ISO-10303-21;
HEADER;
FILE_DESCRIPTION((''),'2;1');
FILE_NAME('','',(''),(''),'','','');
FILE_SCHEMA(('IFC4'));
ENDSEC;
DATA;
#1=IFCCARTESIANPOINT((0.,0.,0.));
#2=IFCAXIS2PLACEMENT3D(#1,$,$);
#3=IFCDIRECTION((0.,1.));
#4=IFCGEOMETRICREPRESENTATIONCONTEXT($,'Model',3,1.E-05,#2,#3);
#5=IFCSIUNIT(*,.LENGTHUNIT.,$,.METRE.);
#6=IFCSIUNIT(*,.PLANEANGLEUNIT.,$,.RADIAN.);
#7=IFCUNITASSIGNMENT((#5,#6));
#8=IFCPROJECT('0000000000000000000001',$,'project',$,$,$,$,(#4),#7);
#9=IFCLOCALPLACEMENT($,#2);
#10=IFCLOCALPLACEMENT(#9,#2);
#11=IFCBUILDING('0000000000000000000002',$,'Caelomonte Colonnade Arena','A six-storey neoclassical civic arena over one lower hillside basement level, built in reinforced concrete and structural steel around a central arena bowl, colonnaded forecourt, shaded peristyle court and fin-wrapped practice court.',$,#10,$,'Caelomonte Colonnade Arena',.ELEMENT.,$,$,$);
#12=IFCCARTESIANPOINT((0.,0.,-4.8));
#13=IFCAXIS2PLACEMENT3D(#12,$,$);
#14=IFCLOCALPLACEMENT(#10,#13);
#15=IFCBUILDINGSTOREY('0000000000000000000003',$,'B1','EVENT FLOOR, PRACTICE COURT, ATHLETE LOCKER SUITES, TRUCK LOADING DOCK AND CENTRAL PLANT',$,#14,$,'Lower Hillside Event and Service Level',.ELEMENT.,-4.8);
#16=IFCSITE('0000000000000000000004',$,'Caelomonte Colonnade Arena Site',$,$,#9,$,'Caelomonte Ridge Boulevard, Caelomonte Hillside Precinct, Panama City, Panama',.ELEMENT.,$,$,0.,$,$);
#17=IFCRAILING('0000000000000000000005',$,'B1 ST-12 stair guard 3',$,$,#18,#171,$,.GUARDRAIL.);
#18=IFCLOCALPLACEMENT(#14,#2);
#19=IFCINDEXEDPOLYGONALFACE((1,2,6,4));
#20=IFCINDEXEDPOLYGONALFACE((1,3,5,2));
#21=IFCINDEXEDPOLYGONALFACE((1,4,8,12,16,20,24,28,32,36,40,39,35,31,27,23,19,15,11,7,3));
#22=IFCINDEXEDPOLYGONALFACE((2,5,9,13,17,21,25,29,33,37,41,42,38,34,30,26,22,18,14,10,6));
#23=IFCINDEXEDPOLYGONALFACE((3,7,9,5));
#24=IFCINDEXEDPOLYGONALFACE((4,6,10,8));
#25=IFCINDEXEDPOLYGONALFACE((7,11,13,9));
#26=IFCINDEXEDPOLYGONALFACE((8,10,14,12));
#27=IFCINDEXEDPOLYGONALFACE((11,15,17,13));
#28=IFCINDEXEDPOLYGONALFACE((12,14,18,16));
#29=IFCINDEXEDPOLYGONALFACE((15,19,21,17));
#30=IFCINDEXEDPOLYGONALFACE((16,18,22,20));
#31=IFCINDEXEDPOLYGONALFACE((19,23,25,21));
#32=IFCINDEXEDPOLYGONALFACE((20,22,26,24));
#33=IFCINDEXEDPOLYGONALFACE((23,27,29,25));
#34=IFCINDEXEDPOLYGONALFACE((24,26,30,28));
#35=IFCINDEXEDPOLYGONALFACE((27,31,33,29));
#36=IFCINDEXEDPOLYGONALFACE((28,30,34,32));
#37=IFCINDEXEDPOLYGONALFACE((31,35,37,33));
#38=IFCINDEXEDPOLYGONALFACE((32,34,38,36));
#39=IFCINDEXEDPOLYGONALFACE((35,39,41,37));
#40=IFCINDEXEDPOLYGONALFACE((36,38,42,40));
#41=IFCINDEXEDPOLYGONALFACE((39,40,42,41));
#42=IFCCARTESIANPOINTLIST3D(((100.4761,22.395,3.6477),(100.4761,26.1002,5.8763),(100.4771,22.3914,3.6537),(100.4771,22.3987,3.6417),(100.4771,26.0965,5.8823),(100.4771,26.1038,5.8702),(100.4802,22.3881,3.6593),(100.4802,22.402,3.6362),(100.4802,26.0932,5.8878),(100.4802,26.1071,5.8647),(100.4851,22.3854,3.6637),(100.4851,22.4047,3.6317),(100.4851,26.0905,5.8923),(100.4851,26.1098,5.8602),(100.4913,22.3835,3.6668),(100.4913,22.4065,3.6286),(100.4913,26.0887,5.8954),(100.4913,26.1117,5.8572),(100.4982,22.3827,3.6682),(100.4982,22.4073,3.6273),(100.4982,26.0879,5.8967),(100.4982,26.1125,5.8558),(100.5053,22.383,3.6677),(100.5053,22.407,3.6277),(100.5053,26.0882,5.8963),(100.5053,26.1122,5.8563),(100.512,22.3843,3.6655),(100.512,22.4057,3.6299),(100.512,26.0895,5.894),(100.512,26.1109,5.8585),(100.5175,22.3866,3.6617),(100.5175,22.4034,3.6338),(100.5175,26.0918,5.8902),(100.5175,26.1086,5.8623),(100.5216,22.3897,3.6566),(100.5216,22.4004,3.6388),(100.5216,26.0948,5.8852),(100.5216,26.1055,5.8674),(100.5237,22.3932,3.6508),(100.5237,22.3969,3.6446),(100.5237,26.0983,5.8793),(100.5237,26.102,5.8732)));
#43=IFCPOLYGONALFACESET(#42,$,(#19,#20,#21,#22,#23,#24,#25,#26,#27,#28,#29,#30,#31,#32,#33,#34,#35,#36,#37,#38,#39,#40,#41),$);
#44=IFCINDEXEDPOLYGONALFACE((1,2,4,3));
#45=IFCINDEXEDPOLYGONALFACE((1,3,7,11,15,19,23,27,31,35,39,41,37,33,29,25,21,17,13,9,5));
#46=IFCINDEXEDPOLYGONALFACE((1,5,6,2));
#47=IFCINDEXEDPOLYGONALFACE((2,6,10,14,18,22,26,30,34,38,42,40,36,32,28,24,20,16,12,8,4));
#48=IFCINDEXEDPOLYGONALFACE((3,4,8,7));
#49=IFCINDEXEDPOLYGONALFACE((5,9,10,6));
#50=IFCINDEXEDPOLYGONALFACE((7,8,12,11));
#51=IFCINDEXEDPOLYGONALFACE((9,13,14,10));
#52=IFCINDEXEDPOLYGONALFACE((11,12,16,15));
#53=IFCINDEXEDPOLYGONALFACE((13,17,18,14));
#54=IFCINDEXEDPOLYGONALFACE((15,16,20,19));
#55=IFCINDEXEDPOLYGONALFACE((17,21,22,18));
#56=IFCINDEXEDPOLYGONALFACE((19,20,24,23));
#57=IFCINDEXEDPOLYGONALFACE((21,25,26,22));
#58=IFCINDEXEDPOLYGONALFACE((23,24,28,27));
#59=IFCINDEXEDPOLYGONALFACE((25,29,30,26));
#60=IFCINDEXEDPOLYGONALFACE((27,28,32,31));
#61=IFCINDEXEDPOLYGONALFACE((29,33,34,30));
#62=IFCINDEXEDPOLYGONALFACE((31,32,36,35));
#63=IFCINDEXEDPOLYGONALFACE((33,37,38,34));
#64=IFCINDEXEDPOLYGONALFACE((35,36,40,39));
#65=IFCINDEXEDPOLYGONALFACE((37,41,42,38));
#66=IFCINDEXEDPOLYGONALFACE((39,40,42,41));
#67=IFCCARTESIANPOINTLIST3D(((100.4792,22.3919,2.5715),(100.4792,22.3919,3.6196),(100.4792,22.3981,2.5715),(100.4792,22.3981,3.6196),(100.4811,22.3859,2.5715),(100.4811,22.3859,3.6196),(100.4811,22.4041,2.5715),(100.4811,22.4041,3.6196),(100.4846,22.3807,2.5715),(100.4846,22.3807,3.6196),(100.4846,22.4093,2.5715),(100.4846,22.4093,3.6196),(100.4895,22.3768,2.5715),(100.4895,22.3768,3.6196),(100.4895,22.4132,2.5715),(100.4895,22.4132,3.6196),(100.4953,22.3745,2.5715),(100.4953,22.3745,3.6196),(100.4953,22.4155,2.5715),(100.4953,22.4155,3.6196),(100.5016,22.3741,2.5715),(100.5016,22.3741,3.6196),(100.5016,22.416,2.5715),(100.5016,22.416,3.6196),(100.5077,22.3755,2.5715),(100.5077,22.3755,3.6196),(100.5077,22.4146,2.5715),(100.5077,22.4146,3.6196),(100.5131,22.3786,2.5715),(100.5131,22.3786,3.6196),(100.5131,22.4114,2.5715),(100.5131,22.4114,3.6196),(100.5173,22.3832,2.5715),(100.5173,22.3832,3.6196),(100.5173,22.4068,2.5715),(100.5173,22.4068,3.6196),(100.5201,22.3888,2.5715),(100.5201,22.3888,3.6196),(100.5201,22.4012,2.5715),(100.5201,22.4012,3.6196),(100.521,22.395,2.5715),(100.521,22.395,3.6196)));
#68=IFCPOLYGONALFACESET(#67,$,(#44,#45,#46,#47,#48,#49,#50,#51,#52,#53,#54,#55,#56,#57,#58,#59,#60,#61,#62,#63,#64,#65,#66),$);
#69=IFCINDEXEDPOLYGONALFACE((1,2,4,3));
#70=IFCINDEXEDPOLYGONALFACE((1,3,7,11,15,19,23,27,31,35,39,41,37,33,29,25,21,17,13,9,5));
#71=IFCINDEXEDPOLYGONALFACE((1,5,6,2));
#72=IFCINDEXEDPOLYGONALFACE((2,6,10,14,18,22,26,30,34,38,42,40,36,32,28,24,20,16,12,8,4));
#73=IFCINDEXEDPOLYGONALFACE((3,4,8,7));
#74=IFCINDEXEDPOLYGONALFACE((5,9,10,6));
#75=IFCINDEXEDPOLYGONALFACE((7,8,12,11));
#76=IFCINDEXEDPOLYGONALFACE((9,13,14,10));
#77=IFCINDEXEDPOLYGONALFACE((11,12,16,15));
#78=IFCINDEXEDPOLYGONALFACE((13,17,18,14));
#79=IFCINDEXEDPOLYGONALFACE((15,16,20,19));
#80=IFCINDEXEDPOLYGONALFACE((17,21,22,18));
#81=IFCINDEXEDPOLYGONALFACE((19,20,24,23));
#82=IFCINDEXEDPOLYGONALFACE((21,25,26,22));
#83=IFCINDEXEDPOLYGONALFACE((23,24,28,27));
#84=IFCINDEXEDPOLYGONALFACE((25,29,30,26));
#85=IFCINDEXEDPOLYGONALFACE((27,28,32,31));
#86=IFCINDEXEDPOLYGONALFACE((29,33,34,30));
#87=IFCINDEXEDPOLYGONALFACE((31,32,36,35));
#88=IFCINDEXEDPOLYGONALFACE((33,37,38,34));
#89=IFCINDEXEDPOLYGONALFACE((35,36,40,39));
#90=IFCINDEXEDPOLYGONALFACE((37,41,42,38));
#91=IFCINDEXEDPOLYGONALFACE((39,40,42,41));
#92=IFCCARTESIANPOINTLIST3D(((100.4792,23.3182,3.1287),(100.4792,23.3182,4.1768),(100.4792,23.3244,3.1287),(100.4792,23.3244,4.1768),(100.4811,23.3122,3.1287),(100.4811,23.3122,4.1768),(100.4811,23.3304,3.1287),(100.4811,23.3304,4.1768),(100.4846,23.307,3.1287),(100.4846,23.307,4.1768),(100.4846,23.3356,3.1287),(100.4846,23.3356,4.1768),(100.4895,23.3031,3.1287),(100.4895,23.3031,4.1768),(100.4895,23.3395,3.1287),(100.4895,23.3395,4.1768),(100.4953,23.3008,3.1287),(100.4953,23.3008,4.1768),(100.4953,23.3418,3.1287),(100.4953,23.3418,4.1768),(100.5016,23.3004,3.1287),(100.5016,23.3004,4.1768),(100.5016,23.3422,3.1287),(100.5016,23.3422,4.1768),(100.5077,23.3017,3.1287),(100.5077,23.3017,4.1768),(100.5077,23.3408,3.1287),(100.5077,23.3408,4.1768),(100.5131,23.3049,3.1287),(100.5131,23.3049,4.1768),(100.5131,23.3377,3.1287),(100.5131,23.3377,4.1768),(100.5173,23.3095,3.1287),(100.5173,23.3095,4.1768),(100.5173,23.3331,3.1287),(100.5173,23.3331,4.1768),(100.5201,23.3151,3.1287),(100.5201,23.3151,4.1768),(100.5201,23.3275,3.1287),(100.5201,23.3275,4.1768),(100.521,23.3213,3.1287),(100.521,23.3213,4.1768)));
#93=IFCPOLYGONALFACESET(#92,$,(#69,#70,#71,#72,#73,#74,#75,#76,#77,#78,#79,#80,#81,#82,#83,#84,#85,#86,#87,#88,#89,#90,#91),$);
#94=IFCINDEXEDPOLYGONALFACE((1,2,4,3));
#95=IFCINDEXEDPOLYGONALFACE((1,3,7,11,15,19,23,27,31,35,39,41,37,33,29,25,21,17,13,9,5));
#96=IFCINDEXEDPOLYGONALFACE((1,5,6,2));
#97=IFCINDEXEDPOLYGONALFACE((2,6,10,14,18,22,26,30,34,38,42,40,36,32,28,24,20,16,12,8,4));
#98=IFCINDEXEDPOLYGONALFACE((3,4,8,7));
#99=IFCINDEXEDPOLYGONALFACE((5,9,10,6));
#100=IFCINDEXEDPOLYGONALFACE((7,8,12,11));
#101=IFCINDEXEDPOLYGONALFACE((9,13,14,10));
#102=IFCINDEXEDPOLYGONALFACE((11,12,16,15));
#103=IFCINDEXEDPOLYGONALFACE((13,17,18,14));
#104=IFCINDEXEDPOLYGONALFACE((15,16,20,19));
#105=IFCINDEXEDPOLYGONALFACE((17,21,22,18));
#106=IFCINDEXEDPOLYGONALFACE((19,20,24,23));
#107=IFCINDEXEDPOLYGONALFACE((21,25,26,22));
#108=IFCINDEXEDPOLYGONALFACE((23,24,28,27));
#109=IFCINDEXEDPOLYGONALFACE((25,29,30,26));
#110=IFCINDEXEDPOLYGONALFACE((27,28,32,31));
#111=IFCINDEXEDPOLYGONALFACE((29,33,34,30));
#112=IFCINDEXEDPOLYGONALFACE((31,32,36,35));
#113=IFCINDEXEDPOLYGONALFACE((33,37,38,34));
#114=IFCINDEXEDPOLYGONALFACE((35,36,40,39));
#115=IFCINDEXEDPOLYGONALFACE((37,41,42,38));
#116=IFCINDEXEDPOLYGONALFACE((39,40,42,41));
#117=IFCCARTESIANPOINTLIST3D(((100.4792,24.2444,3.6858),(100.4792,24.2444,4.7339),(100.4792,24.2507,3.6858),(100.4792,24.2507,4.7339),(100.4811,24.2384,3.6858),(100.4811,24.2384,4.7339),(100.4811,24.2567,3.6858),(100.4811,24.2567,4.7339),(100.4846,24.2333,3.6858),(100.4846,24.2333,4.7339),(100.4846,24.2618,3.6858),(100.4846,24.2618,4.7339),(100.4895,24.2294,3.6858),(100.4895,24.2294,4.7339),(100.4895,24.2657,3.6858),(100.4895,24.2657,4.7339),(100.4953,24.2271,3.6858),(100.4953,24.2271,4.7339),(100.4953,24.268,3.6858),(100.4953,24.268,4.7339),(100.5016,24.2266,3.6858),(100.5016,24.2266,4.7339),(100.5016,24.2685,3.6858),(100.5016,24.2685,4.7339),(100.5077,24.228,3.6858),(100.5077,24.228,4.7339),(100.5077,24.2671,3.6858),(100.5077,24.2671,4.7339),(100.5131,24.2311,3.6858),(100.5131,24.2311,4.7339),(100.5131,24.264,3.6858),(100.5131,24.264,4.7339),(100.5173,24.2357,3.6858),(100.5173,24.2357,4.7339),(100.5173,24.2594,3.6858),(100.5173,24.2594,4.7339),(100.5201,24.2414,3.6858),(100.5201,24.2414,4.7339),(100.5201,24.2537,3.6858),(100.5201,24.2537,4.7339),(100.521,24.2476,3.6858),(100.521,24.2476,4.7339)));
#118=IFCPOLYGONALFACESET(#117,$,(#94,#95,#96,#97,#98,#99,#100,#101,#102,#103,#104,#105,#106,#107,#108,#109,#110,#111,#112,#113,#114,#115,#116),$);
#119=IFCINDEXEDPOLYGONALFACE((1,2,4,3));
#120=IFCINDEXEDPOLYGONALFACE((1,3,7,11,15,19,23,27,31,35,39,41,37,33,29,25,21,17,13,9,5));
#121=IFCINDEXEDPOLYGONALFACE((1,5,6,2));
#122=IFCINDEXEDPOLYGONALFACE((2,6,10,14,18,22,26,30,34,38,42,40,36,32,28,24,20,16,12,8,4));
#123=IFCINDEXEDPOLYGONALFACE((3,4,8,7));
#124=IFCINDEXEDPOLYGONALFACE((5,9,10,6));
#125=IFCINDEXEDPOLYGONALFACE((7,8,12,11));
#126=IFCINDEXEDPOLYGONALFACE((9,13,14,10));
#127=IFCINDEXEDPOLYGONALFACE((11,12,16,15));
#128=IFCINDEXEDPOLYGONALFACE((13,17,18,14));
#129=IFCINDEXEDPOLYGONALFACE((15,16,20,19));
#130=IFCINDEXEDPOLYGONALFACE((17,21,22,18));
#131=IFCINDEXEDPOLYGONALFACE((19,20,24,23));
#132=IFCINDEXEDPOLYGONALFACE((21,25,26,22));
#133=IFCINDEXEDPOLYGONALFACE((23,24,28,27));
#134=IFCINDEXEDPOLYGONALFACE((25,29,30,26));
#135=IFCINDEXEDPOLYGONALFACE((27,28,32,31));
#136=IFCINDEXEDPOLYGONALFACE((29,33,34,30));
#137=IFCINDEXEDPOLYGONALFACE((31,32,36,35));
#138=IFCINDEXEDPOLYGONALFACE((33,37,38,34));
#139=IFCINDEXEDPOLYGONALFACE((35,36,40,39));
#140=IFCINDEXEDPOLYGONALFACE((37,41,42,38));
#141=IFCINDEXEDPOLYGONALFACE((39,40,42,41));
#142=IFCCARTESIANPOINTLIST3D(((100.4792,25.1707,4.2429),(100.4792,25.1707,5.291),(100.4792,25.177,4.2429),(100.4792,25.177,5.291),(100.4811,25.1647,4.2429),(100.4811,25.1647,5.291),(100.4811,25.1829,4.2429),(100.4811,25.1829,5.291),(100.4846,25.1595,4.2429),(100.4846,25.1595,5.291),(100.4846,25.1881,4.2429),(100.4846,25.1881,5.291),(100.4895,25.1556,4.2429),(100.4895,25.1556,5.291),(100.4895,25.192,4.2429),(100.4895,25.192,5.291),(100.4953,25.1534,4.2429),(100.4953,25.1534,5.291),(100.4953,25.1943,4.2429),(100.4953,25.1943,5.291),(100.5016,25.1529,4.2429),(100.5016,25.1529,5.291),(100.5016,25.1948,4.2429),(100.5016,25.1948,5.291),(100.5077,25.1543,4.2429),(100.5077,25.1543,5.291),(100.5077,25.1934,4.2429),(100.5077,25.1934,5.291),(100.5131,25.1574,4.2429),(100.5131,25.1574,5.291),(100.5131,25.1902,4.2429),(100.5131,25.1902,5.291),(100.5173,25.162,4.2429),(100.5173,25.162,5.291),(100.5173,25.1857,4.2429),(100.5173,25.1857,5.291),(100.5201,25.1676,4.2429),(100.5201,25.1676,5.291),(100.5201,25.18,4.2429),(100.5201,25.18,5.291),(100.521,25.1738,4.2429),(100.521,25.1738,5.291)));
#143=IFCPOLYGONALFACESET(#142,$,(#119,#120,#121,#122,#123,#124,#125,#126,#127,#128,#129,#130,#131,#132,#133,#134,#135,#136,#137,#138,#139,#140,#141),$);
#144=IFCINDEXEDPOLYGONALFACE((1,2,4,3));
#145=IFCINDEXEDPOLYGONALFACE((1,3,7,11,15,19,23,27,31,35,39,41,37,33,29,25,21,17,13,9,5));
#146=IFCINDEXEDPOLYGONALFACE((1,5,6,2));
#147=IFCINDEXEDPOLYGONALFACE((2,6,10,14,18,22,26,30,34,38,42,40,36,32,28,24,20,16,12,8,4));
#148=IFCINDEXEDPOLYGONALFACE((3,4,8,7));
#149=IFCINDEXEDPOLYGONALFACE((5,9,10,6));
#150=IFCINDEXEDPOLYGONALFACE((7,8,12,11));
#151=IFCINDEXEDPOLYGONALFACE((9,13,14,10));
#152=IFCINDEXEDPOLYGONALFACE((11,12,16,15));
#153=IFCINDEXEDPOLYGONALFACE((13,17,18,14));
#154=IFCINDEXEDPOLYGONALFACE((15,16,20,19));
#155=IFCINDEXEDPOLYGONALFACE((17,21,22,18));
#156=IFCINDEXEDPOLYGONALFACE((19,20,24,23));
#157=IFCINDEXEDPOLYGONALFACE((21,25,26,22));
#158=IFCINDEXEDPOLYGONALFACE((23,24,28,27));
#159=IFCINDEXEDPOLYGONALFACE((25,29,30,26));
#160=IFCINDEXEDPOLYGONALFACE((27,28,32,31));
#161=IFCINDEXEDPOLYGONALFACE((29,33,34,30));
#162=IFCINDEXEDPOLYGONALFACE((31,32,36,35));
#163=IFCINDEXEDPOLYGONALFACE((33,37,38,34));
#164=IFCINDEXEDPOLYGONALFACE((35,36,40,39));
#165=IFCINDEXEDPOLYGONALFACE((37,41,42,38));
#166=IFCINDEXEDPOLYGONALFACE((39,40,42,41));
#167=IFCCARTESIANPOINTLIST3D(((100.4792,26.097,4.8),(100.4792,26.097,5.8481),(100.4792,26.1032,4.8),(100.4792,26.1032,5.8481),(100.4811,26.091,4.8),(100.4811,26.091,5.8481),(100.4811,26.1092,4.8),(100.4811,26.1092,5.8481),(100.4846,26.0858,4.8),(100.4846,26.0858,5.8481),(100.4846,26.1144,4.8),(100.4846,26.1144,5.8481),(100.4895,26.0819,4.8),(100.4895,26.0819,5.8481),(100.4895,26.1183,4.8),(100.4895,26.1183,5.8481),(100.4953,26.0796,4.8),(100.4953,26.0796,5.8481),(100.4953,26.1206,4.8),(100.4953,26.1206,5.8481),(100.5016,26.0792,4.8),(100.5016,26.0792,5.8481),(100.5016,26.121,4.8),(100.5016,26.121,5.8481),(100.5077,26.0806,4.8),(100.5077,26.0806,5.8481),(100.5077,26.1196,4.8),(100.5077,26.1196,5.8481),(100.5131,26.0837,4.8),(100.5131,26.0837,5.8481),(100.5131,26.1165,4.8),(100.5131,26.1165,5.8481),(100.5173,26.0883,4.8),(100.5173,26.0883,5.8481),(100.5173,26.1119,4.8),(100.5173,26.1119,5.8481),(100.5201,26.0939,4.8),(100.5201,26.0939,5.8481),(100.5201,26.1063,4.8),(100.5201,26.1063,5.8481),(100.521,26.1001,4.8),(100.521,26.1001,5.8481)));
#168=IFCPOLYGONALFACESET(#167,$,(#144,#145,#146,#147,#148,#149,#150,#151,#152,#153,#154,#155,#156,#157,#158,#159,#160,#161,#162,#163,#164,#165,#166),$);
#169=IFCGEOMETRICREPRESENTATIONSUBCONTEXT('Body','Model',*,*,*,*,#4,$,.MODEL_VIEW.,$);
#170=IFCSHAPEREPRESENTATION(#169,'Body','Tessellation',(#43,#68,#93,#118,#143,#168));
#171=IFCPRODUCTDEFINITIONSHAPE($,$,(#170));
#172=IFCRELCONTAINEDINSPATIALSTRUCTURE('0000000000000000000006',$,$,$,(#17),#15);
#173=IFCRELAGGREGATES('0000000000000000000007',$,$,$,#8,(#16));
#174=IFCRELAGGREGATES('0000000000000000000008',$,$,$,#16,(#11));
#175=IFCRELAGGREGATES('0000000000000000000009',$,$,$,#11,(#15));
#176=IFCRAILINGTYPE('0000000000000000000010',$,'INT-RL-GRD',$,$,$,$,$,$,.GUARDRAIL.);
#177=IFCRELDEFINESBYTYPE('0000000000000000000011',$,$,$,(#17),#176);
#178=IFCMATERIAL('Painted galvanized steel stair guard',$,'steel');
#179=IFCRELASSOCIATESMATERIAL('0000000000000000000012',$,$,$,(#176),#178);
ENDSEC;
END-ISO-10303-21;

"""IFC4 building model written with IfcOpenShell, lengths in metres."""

from ifc_helpers import new_model, si_unit, direction, frame, origin, origin_2d, place, context, subcontext, project, spatial, circle, extrude, material, type_object, element, save


model = new_model("IFC4")

# Units and contexts
model_context = context("Model", 3, precision=1e-05, world=origin(), true_north=direction((0.0, 1.0)))
body_context = subcontext(model_context, "Body", "Model", "MODEL_VIEW")
ifc_project = project(units=[si_unit("LENGTHUNIT", "METRE"), si_unit("PLANEANGLEUNIT", "RADIAN")], contexts=[model_context])

# Site, building, storey
site_placement = place(None, origin())
site = spatial("IfcSite", under=ifc_project, at=site_placement, Name="Caelomonte Colonnade Arena Site", LongName="Caelomonte Ridge Boulevard, Caelomonte Hillside Precinct, Panama City, Panama", CompositionType="ELEMENT", RefElevation=0.0)
building_placement = place(site_placement, origin())
building = spatial("IfcBuilding", under=site, at=building_placement, Name="Caelomonte Colonnade Arena", Description="A six-storey neoclassical civic arena over one lower hillside basement level, built in reinforced concrete and structural steel around a central arena bowl, colonnaded forecourt, shaded peristyle court and fin-wrapped practice court.", LongName="Caelomonte Colonnade Arena", CompositionType="ELEMENT")
storey_placement = place(building_placement, frame((0.0, 0.0, -4.8)))
storey = spatial("IfcBuildingStorey", under=building, at=storey_placement, Name="B1", Description="EVENT FLOOR, PRACTICE COURT, ATHLETE LOCKER SUITES, TRUCK LOADING DOCK AND CENTRAL PLANT", LongName="Lower Hillside Event and Service Level", CompositionType="ELEMENT", Elevation=-4.8)

# Railing
ifc_material_1 = material(Name="Painted galvanized steel stair guard", Category="steel")
railing_type_1 = type_object("IfcRailingType", Name="INT-RL-GRD", PredefinedType="GUARDRAIL", material=ifc_material_1)
railing_1_placement = place(storey_placement, frame((100.5, 22.395, 2.5715)))
element("IfcRailing", 1, at=railing_1_placement, inside=storey, type_object=railing_type_1, Name="B1 ST-12 stair guard 3", PredefinedType="GUARDRAIL", context=body_context, shape_type="SweptSolid", body=[
    extrude(circle(Radius=0.0239, at=origin_2d()), frame((0.0, 0.0, 1.0762), z_axis=(0.0, 0.856934, 0.515425), x_axis=(-1.0, 0.0, 0.0)), (0.0, 0.0, 1.0), 4.3237),
    extrude(circle(Radius=0.021, at=origin_2d()), origin(), (0.0, 0.0, 1.0), 1.0481),
    extrude(circle(Radius=0.021, at=origin_2d()), frame((0.0, 0.9263, 0.5571)), (0.0, 0.0, 1.0), 1.0481),
    extrude(circle(Radius=0.021, at=origin_2d()), frame((0.0, 1.8525, 1.1143)), (0.0, 0.0, 1.0), 1.0481),
    extrude(circle(Radius=0.021, at=origin_2d()), frame((0.0, 2.7788, 1.6714)), (0.0, 0.0, 1.0), 1.0481),
    extrude(circle(Radius=0.021, at=origin_2d()), frame((0.0, 3.7051, 2.2285)), (0.0, 0.0, 1.0), 1.0481),
])

save(model, "model.ifc")
